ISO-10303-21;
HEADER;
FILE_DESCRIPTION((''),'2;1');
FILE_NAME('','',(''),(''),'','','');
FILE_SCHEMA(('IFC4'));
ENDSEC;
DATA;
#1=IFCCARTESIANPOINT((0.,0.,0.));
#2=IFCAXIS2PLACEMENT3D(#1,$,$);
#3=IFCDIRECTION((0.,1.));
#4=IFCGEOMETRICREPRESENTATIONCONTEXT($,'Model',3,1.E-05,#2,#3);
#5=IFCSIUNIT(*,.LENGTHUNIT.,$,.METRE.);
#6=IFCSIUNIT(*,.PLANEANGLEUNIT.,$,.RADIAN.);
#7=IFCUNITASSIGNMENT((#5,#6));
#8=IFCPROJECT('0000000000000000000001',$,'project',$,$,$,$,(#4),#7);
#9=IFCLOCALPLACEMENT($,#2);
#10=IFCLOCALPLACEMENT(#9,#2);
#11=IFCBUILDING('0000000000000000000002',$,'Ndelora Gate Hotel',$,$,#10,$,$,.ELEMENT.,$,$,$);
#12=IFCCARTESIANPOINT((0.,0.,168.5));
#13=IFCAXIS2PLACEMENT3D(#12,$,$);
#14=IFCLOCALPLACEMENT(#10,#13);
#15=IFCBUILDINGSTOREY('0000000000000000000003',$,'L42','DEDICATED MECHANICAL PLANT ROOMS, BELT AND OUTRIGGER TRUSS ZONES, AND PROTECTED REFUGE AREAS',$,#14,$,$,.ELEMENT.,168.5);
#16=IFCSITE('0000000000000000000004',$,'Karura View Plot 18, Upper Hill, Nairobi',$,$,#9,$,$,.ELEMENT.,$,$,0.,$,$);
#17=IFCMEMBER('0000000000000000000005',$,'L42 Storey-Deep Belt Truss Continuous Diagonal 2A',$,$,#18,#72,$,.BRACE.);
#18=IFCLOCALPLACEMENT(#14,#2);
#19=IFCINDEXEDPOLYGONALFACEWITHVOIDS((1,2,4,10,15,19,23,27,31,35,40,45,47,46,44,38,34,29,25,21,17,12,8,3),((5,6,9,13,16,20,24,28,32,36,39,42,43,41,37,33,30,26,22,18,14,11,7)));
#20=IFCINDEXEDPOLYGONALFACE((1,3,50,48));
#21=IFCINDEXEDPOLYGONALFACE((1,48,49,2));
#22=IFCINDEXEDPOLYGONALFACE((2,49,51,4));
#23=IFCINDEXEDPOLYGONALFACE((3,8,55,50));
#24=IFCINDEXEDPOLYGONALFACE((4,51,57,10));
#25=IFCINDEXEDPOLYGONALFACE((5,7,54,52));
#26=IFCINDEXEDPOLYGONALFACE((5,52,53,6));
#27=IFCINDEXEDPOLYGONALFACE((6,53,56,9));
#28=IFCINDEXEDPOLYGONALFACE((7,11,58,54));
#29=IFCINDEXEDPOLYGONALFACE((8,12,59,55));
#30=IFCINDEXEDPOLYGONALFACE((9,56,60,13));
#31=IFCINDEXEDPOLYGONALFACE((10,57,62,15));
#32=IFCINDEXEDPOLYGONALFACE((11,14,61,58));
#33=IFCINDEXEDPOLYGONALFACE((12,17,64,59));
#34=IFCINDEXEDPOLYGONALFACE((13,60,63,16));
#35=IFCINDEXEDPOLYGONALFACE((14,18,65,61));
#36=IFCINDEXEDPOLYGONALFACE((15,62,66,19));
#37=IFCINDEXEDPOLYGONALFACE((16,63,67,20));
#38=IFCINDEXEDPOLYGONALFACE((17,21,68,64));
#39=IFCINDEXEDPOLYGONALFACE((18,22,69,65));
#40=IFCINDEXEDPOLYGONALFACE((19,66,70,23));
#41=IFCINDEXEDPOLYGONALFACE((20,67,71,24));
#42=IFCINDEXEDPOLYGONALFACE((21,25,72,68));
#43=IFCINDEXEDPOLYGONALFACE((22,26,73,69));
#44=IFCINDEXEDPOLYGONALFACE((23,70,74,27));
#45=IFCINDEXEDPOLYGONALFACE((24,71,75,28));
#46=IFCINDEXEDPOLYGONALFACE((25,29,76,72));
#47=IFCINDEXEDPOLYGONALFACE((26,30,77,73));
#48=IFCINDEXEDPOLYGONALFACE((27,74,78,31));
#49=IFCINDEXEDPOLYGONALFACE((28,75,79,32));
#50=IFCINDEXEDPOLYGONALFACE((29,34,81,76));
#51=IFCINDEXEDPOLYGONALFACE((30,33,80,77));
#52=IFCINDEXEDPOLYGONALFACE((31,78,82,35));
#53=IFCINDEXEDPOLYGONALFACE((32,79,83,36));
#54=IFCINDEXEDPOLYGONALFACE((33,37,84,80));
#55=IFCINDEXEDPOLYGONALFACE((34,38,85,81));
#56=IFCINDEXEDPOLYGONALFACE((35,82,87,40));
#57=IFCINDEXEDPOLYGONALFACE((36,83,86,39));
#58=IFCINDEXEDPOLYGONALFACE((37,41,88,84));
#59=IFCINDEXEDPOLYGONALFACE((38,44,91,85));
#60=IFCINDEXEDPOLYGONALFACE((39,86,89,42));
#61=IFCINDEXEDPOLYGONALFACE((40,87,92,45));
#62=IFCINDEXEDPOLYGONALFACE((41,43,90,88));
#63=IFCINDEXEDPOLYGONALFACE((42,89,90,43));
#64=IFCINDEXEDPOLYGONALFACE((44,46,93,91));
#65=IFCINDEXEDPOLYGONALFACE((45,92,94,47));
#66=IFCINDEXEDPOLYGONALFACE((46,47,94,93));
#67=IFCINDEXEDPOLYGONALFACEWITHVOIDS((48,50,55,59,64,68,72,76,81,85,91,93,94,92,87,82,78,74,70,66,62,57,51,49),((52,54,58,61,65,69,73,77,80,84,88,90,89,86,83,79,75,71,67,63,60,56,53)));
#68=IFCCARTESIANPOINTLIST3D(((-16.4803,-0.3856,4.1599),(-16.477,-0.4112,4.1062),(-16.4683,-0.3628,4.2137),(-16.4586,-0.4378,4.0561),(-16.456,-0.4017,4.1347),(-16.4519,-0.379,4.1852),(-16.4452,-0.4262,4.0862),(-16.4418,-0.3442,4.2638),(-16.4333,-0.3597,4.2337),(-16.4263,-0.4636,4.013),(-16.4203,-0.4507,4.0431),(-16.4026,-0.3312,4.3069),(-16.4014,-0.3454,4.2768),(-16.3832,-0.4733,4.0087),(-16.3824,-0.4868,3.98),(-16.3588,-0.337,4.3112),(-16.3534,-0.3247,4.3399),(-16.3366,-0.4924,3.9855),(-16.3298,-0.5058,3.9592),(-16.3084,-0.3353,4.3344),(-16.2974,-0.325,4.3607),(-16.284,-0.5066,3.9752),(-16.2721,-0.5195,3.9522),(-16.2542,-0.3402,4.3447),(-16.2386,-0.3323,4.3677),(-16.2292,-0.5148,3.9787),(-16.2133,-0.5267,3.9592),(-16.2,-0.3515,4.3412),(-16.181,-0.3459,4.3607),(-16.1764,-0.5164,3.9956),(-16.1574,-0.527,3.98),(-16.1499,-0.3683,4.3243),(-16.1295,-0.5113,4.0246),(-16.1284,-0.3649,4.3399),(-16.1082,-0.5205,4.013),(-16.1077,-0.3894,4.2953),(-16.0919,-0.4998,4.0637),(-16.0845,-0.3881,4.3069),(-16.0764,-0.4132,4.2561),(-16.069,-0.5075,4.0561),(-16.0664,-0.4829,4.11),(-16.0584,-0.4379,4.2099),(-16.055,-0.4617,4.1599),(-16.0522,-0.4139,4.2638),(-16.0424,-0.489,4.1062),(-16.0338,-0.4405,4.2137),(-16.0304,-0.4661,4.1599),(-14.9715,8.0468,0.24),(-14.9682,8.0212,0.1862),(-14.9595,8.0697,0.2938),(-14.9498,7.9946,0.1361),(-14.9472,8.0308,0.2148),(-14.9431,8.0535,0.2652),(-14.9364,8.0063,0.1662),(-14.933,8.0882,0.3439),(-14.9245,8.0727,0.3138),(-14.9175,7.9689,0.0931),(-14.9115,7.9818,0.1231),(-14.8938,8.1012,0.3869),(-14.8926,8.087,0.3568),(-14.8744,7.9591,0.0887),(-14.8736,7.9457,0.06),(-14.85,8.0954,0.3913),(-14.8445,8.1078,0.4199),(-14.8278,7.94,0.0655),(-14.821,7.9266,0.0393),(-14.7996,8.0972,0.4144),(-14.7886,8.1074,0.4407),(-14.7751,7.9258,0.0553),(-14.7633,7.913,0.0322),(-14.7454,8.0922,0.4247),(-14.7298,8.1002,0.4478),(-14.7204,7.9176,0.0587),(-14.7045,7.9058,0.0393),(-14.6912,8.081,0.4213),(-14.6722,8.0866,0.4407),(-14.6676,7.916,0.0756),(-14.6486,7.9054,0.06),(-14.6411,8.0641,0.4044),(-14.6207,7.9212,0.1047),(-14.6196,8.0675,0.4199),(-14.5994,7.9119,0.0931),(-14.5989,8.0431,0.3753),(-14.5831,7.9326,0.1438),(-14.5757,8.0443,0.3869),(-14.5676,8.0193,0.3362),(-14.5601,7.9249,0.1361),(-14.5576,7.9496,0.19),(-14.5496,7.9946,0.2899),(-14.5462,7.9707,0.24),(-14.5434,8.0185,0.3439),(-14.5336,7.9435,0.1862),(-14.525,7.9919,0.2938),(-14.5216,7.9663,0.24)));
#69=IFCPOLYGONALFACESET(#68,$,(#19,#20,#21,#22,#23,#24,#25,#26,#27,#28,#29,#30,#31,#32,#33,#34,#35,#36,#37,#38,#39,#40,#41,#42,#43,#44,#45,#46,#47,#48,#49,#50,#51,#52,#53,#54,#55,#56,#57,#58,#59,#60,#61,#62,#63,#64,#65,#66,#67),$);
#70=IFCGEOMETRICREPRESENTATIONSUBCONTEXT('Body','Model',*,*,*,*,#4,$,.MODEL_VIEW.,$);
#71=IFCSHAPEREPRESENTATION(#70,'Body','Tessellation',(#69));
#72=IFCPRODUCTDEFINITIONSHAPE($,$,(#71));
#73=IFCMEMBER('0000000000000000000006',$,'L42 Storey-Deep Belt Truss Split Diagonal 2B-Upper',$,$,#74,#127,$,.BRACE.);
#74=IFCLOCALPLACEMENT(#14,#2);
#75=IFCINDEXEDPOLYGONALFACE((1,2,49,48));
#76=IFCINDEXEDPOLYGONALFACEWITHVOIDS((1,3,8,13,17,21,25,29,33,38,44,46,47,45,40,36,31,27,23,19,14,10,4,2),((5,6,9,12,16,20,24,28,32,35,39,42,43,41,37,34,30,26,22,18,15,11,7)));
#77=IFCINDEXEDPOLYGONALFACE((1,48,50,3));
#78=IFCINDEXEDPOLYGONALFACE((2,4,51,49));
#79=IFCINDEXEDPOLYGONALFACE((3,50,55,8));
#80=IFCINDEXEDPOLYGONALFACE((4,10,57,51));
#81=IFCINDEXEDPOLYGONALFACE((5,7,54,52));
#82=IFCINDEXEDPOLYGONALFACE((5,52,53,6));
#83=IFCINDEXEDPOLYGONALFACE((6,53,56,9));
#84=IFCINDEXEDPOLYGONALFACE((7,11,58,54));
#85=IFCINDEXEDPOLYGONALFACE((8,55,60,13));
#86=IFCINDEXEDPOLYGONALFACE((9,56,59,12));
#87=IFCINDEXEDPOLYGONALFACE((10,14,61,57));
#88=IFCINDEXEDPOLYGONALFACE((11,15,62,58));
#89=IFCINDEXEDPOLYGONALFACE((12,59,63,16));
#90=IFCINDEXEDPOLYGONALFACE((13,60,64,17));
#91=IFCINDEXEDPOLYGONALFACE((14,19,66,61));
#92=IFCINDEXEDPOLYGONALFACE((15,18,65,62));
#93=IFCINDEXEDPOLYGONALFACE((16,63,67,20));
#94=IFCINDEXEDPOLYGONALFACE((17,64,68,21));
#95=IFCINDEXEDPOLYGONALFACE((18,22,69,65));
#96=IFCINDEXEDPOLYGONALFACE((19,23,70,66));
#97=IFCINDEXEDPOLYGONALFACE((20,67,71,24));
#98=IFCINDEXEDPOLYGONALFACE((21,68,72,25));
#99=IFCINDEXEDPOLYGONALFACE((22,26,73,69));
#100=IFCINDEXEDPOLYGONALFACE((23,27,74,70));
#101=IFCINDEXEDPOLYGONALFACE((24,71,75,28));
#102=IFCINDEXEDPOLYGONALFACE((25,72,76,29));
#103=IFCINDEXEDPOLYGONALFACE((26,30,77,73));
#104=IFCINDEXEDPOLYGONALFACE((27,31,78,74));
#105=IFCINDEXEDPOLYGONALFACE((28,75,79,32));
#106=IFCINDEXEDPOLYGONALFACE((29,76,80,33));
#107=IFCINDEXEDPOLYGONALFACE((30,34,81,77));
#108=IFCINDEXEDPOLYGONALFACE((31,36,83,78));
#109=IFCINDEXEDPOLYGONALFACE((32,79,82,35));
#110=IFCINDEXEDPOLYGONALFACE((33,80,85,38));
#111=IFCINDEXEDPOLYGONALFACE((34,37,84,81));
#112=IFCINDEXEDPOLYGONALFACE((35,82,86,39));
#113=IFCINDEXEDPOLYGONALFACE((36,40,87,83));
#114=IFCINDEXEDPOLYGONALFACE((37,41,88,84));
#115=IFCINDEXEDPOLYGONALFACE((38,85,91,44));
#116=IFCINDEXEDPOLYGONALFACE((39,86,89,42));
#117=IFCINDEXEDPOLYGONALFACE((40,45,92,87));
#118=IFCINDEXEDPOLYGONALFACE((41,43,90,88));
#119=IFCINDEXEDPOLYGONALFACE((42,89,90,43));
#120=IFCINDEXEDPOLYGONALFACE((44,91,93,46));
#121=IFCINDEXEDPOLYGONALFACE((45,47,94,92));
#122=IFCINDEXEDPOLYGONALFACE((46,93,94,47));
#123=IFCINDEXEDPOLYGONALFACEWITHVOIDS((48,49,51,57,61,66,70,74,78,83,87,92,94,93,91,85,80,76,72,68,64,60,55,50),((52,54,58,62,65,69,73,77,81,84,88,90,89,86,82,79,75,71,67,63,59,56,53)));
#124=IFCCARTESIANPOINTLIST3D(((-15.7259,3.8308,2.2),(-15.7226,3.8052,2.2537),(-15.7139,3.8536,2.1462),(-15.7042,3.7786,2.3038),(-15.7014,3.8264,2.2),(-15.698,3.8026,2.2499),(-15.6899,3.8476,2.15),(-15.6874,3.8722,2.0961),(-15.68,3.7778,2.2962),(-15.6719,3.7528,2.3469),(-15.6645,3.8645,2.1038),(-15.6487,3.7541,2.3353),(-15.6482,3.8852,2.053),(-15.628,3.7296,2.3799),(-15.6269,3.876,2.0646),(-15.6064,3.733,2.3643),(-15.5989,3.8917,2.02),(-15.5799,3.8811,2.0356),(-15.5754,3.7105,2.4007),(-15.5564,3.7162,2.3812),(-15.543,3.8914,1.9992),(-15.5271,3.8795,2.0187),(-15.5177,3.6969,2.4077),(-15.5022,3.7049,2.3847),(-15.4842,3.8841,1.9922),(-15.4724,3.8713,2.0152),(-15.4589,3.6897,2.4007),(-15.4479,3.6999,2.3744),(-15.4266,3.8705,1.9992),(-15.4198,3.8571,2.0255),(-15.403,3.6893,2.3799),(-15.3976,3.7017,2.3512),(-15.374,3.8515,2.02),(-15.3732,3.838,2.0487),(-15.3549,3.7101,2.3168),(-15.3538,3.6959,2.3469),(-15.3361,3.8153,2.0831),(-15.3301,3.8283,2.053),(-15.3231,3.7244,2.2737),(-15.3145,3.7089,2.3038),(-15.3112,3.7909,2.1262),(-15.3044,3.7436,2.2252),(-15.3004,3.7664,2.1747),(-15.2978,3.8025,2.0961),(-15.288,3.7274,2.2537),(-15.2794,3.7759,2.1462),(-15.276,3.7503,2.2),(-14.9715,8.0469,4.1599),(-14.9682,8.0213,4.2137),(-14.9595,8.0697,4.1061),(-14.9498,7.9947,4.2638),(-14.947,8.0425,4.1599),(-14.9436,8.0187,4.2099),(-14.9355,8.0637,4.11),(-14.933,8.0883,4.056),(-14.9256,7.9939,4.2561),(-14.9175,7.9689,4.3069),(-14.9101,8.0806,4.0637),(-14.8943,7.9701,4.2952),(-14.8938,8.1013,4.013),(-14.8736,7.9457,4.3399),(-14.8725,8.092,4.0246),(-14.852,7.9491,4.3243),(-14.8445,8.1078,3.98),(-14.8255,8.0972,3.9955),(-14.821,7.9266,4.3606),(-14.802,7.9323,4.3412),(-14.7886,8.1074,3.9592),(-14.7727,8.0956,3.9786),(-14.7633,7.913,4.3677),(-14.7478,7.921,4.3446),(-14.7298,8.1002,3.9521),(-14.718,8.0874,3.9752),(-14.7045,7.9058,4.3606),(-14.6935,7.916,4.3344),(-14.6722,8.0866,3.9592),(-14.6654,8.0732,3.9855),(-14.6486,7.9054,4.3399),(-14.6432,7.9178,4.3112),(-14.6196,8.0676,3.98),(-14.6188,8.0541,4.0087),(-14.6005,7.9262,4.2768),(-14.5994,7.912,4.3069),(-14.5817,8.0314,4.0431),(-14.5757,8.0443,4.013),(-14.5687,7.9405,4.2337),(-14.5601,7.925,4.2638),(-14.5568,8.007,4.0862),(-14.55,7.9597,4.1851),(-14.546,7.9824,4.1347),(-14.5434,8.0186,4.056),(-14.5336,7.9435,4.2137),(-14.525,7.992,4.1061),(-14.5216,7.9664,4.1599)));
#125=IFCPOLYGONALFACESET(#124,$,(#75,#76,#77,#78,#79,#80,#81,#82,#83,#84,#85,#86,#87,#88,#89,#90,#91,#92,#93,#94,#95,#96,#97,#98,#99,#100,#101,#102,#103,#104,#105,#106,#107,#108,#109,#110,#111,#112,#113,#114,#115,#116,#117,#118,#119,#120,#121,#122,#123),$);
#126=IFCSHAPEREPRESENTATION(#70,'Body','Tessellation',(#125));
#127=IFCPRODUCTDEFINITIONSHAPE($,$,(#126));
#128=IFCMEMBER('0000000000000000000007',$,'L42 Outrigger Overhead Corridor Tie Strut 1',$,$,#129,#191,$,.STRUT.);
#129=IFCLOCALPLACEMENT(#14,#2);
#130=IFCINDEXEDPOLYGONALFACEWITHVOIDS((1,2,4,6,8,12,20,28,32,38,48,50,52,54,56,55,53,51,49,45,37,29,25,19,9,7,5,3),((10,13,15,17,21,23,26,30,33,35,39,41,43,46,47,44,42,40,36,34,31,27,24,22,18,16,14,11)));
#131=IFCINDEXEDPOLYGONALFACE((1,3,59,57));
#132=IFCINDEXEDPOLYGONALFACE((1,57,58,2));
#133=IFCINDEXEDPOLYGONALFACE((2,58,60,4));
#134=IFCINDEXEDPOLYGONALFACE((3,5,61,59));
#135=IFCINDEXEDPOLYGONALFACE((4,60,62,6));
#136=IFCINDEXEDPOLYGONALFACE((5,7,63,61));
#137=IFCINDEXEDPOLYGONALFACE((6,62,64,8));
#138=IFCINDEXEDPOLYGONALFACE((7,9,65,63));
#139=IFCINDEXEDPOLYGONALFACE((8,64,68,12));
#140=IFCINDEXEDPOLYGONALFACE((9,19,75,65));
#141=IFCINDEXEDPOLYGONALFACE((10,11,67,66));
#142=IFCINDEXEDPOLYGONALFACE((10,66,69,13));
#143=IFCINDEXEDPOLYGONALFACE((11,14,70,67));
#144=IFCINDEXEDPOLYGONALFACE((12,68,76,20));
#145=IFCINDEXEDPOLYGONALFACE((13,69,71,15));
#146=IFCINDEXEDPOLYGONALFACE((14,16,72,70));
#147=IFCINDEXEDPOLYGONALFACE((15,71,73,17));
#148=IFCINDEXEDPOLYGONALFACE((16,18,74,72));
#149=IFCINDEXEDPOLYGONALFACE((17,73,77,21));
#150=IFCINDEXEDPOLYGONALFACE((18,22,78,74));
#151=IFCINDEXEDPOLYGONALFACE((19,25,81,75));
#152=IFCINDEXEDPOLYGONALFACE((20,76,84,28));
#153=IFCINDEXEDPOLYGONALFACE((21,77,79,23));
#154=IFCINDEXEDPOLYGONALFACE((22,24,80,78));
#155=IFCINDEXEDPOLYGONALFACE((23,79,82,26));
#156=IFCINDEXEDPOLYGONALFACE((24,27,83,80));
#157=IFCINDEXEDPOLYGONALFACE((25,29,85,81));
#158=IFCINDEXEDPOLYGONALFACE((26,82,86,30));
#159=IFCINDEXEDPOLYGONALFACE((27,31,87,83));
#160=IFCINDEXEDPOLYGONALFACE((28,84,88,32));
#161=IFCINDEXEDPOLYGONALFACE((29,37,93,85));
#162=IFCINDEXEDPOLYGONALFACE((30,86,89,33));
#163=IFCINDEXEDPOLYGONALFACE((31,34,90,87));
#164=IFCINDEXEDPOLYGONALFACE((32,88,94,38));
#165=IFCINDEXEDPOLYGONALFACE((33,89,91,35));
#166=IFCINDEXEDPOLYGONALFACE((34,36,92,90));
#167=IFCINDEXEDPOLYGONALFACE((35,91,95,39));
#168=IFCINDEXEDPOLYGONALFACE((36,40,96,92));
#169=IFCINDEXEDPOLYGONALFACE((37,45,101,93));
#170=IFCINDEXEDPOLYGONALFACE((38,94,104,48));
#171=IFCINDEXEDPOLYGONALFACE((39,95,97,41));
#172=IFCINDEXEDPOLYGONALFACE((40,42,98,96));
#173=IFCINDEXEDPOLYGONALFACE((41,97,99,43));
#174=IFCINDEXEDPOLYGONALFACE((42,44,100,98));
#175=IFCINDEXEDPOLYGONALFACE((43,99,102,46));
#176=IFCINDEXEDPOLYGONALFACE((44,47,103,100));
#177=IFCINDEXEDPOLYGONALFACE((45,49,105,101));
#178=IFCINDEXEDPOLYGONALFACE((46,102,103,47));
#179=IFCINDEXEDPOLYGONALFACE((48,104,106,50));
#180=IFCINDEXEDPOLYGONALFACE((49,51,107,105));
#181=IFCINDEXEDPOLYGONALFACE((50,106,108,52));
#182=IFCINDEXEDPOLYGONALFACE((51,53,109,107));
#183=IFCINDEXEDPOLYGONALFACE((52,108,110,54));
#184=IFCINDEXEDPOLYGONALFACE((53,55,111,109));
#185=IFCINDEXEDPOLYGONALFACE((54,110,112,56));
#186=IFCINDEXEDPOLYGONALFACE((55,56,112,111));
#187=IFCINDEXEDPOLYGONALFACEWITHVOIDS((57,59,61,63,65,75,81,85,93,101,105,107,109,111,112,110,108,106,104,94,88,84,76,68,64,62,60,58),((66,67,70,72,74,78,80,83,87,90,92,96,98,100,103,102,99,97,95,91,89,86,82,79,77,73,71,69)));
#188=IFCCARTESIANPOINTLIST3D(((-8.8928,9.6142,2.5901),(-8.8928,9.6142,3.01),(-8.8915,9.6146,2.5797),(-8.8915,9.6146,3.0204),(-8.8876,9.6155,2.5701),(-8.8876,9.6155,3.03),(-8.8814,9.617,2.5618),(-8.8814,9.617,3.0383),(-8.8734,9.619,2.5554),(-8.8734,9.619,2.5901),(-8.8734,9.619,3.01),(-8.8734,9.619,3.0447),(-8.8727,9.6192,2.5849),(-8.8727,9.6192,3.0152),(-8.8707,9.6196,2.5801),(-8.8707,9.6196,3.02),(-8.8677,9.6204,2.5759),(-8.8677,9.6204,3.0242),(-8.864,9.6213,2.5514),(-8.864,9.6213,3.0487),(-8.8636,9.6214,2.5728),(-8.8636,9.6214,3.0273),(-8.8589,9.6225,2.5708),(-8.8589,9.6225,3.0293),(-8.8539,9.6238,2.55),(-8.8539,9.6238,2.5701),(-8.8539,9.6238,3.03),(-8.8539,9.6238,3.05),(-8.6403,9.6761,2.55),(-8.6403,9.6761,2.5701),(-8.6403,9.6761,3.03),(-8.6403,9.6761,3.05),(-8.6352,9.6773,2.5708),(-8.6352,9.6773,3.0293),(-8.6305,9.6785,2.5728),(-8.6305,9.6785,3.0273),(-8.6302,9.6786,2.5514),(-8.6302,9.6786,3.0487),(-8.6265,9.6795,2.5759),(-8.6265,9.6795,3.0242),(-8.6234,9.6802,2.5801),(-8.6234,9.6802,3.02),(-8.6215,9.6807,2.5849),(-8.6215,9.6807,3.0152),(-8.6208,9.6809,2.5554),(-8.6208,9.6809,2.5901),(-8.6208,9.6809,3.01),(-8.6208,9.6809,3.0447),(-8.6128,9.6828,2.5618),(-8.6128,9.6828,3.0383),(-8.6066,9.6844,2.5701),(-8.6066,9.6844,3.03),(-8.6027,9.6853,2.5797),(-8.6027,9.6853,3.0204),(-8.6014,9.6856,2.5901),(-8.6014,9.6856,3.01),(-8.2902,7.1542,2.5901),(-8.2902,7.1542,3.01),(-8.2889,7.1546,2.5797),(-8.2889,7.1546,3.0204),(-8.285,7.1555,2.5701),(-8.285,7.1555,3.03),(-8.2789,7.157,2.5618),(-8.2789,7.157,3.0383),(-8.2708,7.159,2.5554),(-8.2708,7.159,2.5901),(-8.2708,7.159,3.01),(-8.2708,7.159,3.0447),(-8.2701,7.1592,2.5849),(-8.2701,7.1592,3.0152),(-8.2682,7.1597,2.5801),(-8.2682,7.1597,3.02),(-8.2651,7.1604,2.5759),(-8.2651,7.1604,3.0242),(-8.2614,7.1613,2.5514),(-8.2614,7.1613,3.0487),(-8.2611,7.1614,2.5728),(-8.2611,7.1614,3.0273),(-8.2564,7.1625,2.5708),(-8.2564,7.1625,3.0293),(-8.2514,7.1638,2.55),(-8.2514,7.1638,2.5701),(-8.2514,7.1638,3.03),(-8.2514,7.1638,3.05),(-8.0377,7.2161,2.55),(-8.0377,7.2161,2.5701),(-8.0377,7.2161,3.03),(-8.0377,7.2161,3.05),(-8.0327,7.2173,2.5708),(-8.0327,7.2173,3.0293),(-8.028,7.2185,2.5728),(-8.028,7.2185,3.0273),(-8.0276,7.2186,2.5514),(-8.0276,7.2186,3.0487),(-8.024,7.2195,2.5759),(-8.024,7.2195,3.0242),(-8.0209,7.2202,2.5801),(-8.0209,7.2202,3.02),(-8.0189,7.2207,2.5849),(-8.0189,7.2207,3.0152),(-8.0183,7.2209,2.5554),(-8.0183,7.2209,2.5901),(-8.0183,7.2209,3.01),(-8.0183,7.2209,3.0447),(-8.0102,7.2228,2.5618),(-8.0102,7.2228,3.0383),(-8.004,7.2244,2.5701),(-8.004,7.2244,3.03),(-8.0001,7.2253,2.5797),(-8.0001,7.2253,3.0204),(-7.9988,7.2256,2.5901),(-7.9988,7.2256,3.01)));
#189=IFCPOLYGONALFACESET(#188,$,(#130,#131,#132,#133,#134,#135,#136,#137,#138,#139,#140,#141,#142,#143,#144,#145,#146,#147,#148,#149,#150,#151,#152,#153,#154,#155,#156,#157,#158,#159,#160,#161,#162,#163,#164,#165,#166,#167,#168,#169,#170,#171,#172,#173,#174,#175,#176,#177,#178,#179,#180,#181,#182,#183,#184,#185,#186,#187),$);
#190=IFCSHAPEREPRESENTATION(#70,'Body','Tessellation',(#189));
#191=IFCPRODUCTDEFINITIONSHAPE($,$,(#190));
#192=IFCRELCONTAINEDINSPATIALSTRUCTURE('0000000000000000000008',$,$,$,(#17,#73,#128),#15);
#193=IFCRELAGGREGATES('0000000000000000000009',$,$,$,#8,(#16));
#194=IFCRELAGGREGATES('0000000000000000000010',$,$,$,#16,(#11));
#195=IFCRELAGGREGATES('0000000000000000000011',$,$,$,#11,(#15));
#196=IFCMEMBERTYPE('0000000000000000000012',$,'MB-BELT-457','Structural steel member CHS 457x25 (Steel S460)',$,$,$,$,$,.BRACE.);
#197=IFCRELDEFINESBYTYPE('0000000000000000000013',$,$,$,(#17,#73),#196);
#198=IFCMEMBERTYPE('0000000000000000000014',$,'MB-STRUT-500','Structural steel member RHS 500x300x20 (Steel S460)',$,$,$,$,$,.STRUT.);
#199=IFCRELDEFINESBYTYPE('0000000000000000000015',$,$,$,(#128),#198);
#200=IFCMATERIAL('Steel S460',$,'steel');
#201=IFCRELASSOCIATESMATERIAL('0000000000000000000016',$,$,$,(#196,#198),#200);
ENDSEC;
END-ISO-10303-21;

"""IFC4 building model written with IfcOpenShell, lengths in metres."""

from ifc_helpers import new_model, si_unit, direction, frame, origin, origin_2d, place, context, subcontext, project, spatial, hollow_rectangle, hollow_circle, extrude, material, material_profile, profile_set, type_object, element, save


model = new_model("IFC4")

# Units and contexts
model_context = context("Model", 3, precision=1e-05, world=origin(), true_north=direction((0.0, 1.0)))
body_context = subcontext(model_context, "Body", "Model", "MODEL_VIEW")
ifc_project = project(units=[si_unit("LENGTHUNIT", "METRE"), si_unit("PLANEANGLEUNIT", "RADIAN")], contexts=[model_context])

# Site, building, storey
site_placement = place(None, origin())
site = spatial("IfcSite", under=ifc_project, at=site_placement, Name="Karura View Plot 18, Upper Hill, Nairobi", CompositionType="ELEMENT", RefElevation=0.0)
building_placement = place(site_placement, origin())
building = spatial("IfcBuilding", under=site, at=building_placement, Name="Ndelora Gate Hotel", CompositionType="ELEMENT")
storey_placement = place(building_placement, frame((0.0, 0.0, 168.5)))
storey = spatial("IfcBuildingStorey", under=building, at=storey_placement, Name="L42", Description="DEDICATED MECHANICAL PLANT ROOMS, BELT AND OUTRIGGER TRUSS ZONES, AND PROTECTED REFUGE AREAS", CompositionType="ELEMENT", Elevation=168.5)

# Shared definitions
ifc_material_1 = material(Name="Steel S460", Category="steel")

# Members
ifc_material_profile_1 = material_profile(ifc_material_1, hollow_circle(Radius=0.2285, WallThickness=0.0249, at=origin_2d()), Name="CHS 457x25")
ifc_profile_set_1 = profile_set([ifc_material_profile_1], Name="Steel S460")
member_type_1 = type_object("IfcMemberType", Name="MB-BELT-457", Description="Structural steel member CHS 457x25 (Steel S460)", PredefinedType="BRACE", material=ifc_profile_set_1)
member_1_placement = place(storey_placement, frame((-14.7466, 8.0066, 0.24), z_axis=(-0.160159, -0.895102, 0.416102), x_axis=(0.984367, -0.176131, 0.0)))
element("IfcMember", 1, at=member_1_placement, inside=storey, type_object=member_type_1, Name="L42 Storey-Deep Belt Truss Continuous Diagonal 2A", PredefinedType="BRACE", context=body_context, shape_type="SweptSolid", body=[
    extrude(hollow_circle(Radius=0.2285, WallThickness=0.0249, at=origin_2d()), origin(), (0.0, 0.0, 1.0), 9.4207),
])
member_2_placement = place(storey_placement, frame((-15.501, 3.7905, 2.2), z_axis=(0.160163, 0.895097, 0.416112), x_axis=(-0.984366, 0.176136, 0.0)))
element("IfcMember", 2, at=member_2_placement, inside=storey, type_object=member_type_1, Name="L42 Storey-Deep Belt Truss Split Diagonal 2B-Upper", PredefinedType="BRACE", context=body_context, shape_type="SweptSolid", body=[
    extrude(hollow_circle(Radius=0.2285, WallThickness=0.0249, at=origin_2d()), origin(), (0.0, 0.0, 1.0), 4.7102),
])
ifc_material_profile_2 = material_profile(ifc_material_1, hollow_rectangle(XDim=0.3, YDim=0.5, WallThickness=0.02, InnerFilletRadius=0.02, OuterFilletRadius=0.04, at=origin_2d()), Name="RHS 500x300x20")
ifc_profile_set_2 = profile_set([ifc_material_profile_2], Name="Steel S460")
member_type_2 = type_object("IfcMemberType", Name="MB-STRUT-500", Description="Structural steel member RHS 500x300x20 (Steel S460)", PredefinedType="STRUT", material=ifc_profile_set_2)
member_3_placement = place(storey_placement, frame((-8.1445, 7.1899, 2.8), z_axis=(-0.237906, 0.971288, 0.0), x_axis=(-0.971288, -0.237906, 0.0)))
element("IfcMember", 3, at=member_3_placement, inside=storey, type_object=member_type_2, Name="L42 Outrigger Overhead Corridor Tie Strut 1", PredefinedType="STRUT", context=body_context, shape_type="SweptSolid", body=[
    extrude(hollow_rectangle(XDim=0.3, YDim=0.5, WallThickness=0.02, InnerFilletRadius=0.02, OuterFilletRadius=0.04, at=origin_2d()), origin(), (0.0, 0.0, 1.0), 2.5327),
])

save(model, "model.ifc")
